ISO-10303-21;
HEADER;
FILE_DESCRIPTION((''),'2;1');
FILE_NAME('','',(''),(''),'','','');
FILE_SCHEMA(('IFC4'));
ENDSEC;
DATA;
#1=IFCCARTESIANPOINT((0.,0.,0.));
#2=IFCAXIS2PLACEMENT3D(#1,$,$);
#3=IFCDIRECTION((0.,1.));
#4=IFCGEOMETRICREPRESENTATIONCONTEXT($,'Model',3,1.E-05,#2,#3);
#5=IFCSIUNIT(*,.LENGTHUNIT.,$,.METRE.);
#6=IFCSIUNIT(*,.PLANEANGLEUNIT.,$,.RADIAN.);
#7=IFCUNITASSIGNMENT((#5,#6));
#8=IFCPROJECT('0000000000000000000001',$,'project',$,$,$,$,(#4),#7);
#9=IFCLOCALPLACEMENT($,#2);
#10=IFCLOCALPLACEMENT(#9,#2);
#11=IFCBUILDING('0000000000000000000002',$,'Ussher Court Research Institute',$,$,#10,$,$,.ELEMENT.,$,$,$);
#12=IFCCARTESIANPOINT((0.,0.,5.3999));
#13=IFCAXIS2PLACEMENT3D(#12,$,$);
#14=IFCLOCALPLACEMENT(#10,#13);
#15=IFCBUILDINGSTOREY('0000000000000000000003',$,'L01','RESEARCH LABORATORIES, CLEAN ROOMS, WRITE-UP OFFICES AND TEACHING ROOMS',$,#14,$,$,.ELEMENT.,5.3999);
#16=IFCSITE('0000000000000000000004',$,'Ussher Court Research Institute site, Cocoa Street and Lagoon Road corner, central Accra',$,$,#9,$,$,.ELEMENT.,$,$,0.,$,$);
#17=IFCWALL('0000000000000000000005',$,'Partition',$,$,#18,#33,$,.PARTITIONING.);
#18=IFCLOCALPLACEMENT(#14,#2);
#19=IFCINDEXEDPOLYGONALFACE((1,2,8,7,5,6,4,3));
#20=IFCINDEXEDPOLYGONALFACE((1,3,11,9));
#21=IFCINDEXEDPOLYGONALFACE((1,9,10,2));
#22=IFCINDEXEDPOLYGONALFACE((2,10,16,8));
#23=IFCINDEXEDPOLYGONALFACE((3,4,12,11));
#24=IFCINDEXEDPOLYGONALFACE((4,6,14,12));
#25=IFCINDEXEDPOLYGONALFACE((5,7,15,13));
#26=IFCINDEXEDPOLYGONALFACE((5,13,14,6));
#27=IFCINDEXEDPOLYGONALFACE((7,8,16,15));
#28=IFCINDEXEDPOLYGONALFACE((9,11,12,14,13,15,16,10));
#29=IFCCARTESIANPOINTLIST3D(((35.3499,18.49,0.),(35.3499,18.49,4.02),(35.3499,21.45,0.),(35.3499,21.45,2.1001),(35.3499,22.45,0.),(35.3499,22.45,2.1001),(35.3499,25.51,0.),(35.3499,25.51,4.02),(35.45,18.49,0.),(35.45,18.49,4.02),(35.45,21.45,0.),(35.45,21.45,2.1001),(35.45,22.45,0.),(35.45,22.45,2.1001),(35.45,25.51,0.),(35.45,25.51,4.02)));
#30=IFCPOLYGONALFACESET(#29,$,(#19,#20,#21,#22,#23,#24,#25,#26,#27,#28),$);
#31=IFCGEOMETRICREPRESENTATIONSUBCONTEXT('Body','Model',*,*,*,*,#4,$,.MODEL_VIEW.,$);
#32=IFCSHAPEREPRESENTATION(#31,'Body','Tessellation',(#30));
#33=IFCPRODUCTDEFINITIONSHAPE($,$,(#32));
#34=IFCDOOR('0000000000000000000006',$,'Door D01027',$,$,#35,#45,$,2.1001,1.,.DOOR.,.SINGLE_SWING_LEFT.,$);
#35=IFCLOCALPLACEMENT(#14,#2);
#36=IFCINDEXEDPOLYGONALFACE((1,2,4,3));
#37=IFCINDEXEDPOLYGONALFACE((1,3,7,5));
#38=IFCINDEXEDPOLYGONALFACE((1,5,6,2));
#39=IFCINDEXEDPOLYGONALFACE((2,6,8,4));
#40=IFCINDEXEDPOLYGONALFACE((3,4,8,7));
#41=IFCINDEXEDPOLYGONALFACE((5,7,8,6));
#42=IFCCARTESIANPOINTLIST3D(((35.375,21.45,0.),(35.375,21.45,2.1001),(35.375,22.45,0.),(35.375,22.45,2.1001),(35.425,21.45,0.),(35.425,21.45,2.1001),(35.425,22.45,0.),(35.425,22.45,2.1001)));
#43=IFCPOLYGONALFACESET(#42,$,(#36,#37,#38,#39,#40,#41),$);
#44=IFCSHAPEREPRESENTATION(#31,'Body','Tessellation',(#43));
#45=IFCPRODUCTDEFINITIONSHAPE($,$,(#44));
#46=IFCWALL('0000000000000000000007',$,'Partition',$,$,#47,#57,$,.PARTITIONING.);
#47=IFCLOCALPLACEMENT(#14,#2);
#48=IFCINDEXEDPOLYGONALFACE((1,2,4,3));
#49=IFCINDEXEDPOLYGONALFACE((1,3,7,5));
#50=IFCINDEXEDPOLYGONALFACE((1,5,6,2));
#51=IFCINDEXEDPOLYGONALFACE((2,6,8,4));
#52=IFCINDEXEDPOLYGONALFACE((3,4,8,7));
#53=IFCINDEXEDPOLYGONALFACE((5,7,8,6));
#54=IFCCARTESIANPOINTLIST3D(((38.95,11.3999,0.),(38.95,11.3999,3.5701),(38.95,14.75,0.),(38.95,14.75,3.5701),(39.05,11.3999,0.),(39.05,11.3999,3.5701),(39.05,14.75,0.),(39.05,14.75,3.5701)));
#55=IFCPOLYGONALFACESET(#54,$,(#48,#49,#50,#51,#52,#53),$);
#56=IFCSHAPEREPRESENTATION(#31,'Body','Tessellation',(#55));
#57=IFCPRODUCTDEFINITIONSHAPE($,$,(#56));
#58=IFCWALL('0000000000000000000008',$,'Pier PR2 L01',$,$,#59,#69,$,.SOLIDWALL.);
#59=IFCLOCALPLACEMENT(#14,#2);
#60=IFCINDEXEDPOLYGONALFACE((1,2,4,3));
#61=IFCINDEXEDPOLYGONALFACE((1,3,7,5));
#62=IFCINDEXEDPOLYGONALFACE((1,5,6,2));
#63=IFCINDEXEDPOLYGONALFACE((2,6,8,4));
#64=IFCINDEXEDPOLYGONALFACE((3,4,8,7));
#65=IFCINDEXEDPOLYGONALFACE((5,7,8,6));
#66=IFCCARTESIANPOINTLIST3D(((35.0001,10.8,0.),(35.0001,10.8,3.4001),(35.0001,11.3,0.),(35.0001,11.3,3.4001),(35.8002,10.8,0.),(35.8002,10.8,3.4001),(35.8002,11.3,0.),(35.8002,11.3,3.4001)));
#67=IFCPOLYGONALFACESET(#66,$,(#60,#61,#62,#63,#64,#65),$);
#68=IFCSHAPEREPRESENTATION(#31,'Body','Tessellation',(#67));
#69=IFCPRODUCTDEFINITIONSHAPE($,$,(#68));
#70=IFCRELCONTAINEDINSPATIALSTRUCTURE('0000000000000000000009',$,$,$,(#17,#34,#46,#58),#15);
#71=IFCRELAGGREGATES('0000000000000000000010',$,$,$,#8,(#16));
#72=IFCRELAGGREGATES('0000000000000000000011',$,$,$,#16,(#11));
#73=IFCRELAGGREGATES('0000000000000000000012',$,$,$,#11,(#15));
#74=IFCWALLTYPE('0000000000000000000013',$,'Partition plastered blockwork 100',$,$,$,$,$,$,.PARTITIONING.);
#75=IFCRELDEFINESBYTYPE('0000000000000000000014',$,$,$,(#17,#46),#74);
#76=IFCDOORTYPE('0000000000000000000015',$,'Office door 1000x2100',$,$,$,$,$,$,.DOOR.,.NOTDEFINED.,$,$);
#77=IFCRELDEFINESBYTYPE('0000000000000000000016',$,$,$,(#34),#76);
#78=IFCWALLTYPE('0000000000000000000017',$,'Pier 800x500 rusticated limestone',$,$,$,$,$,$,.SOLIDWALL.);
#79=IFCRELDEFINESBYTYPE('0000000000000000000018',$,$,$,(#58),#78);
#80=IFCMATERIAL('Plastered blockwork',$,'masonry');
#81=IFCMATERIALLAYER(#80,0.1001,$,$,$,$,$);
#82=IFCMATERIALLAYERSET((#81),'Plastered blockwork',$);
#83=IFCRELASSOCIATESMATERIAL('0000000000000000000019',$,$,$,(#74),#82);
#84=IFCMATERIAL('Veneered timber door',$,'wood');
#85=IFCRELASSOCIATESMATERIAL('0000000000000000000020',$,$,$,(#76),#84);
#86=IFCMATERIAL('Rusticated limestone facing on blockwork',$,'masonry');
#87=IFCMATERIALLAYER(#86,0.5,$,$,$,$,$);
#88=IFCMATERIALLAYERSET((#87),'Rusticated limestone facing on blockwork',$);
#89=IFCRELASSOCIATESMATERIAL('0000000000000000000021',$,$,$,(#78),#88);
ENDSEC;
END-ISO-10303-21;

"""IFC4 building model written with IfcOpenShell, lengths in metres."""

from ifc_helpers import new_model, si_unit, direction, frame, frame_2d, origin, place, context, subcontext, project, spatial, rectangle, extrude, material, layer, layer_set, type_object, element, fill, save


model = new_model("IFC4")

# Units and contexts
model_context = context("Model", 3, precision=1e-05, world=origin(), true_north=direction((0.0, 1.0)))
body_context = subcontext(model_context, "Body", "Model", "MODEL_VIEW")
ifc_project = project(units=[si_unit("LENGTHUNIT", "METRE"), si_unit("PLANEANGLEUNIT", "RADIAN")], contexts=[model_context])

# Site, building, storey
site_placement = place(None, origin())
site = spatial("IfcSite", under=ifc_project, at=site_placement, Name="Ussher Court Research Institute site, Cocoa Street and Lagoon Road corner, central Accra", CompositionType="ELEMENT", RefElevation=0.0)
building_placement = place(site_placement, origin())
building = spatial("IfcBuilding", under=site, at=building_placement, Name="Ussher Court Research Institute", CompositionType="ELEMENT")
storey_placement = place(building_placement, frame((0.0, 0.0, 5.3999)))
storey = spatial("IfcBuildingStorey", under=building, at=storey_placement, Name="L01", Description="RESEARCH LABORATORIES, CLEAN ROOMS, WRITE-UP OFFICES AND TEACHING ROOMS", CompositionType="ELEMENT", Elevation=5.3999)

# Shared definitions
ifc_material_1 = material(Name="Plastered blockwork", Category="masonry")
ifc_layer_1 = layer(ifc_material_1, 0.1001)
ifc_layer_set_1 = layer_set([ifc_layer_1], Name="Plastered blockwork")
wall_type_1 = type_object("IfcWallType", Name="Partition plastered blockwork 100", PredefinedType="PARTITIONING", material=ifc_layer_set_1)

# Wall, opening, door
wall_1_placement = place(storey_placement, frame((35.3999, 18.49, 0.0), z_axis=(0.0, 0.0, 1.0), x_axis=(0.0, 1.0, 0.0)))
wall_1 = element("IfcWall", 1, at=wall_1_placement, inside=storey, type_object=wall_type_1, Name="Partition", PredefinedType="PARTITIONING", context=body_context, shape_type="SweptSolid", body=[
    extrude(rectangle(XDim=7.02, YDim=0.1001, at=frame_2d((3.51, 0.0))), origin(), (0.0, 0.0, 1.0), 4.02),
])
opening_1_placement = place(wall_1_placement, frame((2.96, 0.0, 0.0)))
opening_1 = element("IfcOpeningElement", 2, at=opening_1_placement, cuts=wall_1, PredefinedType="OPENING", context=body_context, shape_type="SweptSolid", body=[
    extrude(rectangle(XDim=1.0, YDim=2.1001, at=frame_2d((0.5, 1.05))), frame((0.0, 0.0601, 0.0), z_axis=(0.0, -1.0, 0.0), x_axis=(1.0, 0.0, 0.0)), (0.0, 0.0, 1.0), 0.1201),
])
ifc_material_2 = material(Name="Veneered timber door", Category="wood")
door_type_1 = type_object("IfcDoorType", Name="Office door 1000x2100", OperationType="NOTDEFINED", PredefinedType="DOOR", material=ifc_material_2)
door_1_placement = place(opening_1_placement, origin())
door_1 = element("IfcDoor", 3, at=door_1_placement, inside=storey, type_object=door_type_1, Name="Door D01027", OperationType="SINGLE_SWING_LEFT", OverallHeight=2.1001, OverallWidth=1.0, PredefinedType="DOOR", context=body_context, shape_type="SweptSolid", body=[
    extrude(rectangle(XDim=1.0, YDim=2.1001, at=frame_2d((0.5, 1.05))), frame((0.0, 0.0249, 0.0), z_axis=(0.0, -1.0, 0.0), x_axis=(1.0, 0.0, 0.0)), (0.0, 0.0, 1.0), 0.05),
])
fill(opening_1, door_1)

# Walls
wall_2_placement = place(storey_placement, frame((39.0, 11.3999, 0.0), z_axis=(0.0, 0.0, 1.0), x_axis=(0.0, 1.0, 0.0)))
element("IfcWall", 4, at=wall_2_placement, inside=storey, type_object=wall_type_1, Name="Partition", PredefinedType="PARTITIONING", context=body_context, shape_type="SweptSolid", body=[
    extrude(rectangle(XDim=3.3501, YDim=0.1001, at=frame_2d((1.675, 0.0))), origin(), (0.0, 0.0, 1.0), 3.5701),
])
ifc_material_3 = material(Name="Rusticated limestone facing on blockwork", Category="masonry")
ifc_layer_2 = layer(ifc_material_3, 0.5)
ifc_layer_set_2 = layer_set([ifc_layer_2], Name="Rusticated limestone facing on blockwork")
wall_type_2 = type_object("IfcWallType", Name="Pier 800x500 rusticated limestone", PredefinedType="SOLIDWALL", material=ifc_layer_set_2)
wall_3_placement = place(storey_placement, frame((35.8, 11.05, 0.0), z_axis=(0.0, 0.0, 1.0), x_axis=(-1.0, 0.0, 0.0)))
element("IfcWall", 5, at=wall_3_placement, inside=storey, type_object=wall_type_2, Name="Pier PR2 L01", PredefinedType="SOLIDWALL", context=body_context, shape_type="SweptSolid", body=[
    extrude(rectangle(XDim=0.8, YDim=0.5, at=frame_2d((0.3999, 0.0))), origin(), (0.0, 0.0, 1.0), 3.4001),
])

save(model, "model.ifc")
